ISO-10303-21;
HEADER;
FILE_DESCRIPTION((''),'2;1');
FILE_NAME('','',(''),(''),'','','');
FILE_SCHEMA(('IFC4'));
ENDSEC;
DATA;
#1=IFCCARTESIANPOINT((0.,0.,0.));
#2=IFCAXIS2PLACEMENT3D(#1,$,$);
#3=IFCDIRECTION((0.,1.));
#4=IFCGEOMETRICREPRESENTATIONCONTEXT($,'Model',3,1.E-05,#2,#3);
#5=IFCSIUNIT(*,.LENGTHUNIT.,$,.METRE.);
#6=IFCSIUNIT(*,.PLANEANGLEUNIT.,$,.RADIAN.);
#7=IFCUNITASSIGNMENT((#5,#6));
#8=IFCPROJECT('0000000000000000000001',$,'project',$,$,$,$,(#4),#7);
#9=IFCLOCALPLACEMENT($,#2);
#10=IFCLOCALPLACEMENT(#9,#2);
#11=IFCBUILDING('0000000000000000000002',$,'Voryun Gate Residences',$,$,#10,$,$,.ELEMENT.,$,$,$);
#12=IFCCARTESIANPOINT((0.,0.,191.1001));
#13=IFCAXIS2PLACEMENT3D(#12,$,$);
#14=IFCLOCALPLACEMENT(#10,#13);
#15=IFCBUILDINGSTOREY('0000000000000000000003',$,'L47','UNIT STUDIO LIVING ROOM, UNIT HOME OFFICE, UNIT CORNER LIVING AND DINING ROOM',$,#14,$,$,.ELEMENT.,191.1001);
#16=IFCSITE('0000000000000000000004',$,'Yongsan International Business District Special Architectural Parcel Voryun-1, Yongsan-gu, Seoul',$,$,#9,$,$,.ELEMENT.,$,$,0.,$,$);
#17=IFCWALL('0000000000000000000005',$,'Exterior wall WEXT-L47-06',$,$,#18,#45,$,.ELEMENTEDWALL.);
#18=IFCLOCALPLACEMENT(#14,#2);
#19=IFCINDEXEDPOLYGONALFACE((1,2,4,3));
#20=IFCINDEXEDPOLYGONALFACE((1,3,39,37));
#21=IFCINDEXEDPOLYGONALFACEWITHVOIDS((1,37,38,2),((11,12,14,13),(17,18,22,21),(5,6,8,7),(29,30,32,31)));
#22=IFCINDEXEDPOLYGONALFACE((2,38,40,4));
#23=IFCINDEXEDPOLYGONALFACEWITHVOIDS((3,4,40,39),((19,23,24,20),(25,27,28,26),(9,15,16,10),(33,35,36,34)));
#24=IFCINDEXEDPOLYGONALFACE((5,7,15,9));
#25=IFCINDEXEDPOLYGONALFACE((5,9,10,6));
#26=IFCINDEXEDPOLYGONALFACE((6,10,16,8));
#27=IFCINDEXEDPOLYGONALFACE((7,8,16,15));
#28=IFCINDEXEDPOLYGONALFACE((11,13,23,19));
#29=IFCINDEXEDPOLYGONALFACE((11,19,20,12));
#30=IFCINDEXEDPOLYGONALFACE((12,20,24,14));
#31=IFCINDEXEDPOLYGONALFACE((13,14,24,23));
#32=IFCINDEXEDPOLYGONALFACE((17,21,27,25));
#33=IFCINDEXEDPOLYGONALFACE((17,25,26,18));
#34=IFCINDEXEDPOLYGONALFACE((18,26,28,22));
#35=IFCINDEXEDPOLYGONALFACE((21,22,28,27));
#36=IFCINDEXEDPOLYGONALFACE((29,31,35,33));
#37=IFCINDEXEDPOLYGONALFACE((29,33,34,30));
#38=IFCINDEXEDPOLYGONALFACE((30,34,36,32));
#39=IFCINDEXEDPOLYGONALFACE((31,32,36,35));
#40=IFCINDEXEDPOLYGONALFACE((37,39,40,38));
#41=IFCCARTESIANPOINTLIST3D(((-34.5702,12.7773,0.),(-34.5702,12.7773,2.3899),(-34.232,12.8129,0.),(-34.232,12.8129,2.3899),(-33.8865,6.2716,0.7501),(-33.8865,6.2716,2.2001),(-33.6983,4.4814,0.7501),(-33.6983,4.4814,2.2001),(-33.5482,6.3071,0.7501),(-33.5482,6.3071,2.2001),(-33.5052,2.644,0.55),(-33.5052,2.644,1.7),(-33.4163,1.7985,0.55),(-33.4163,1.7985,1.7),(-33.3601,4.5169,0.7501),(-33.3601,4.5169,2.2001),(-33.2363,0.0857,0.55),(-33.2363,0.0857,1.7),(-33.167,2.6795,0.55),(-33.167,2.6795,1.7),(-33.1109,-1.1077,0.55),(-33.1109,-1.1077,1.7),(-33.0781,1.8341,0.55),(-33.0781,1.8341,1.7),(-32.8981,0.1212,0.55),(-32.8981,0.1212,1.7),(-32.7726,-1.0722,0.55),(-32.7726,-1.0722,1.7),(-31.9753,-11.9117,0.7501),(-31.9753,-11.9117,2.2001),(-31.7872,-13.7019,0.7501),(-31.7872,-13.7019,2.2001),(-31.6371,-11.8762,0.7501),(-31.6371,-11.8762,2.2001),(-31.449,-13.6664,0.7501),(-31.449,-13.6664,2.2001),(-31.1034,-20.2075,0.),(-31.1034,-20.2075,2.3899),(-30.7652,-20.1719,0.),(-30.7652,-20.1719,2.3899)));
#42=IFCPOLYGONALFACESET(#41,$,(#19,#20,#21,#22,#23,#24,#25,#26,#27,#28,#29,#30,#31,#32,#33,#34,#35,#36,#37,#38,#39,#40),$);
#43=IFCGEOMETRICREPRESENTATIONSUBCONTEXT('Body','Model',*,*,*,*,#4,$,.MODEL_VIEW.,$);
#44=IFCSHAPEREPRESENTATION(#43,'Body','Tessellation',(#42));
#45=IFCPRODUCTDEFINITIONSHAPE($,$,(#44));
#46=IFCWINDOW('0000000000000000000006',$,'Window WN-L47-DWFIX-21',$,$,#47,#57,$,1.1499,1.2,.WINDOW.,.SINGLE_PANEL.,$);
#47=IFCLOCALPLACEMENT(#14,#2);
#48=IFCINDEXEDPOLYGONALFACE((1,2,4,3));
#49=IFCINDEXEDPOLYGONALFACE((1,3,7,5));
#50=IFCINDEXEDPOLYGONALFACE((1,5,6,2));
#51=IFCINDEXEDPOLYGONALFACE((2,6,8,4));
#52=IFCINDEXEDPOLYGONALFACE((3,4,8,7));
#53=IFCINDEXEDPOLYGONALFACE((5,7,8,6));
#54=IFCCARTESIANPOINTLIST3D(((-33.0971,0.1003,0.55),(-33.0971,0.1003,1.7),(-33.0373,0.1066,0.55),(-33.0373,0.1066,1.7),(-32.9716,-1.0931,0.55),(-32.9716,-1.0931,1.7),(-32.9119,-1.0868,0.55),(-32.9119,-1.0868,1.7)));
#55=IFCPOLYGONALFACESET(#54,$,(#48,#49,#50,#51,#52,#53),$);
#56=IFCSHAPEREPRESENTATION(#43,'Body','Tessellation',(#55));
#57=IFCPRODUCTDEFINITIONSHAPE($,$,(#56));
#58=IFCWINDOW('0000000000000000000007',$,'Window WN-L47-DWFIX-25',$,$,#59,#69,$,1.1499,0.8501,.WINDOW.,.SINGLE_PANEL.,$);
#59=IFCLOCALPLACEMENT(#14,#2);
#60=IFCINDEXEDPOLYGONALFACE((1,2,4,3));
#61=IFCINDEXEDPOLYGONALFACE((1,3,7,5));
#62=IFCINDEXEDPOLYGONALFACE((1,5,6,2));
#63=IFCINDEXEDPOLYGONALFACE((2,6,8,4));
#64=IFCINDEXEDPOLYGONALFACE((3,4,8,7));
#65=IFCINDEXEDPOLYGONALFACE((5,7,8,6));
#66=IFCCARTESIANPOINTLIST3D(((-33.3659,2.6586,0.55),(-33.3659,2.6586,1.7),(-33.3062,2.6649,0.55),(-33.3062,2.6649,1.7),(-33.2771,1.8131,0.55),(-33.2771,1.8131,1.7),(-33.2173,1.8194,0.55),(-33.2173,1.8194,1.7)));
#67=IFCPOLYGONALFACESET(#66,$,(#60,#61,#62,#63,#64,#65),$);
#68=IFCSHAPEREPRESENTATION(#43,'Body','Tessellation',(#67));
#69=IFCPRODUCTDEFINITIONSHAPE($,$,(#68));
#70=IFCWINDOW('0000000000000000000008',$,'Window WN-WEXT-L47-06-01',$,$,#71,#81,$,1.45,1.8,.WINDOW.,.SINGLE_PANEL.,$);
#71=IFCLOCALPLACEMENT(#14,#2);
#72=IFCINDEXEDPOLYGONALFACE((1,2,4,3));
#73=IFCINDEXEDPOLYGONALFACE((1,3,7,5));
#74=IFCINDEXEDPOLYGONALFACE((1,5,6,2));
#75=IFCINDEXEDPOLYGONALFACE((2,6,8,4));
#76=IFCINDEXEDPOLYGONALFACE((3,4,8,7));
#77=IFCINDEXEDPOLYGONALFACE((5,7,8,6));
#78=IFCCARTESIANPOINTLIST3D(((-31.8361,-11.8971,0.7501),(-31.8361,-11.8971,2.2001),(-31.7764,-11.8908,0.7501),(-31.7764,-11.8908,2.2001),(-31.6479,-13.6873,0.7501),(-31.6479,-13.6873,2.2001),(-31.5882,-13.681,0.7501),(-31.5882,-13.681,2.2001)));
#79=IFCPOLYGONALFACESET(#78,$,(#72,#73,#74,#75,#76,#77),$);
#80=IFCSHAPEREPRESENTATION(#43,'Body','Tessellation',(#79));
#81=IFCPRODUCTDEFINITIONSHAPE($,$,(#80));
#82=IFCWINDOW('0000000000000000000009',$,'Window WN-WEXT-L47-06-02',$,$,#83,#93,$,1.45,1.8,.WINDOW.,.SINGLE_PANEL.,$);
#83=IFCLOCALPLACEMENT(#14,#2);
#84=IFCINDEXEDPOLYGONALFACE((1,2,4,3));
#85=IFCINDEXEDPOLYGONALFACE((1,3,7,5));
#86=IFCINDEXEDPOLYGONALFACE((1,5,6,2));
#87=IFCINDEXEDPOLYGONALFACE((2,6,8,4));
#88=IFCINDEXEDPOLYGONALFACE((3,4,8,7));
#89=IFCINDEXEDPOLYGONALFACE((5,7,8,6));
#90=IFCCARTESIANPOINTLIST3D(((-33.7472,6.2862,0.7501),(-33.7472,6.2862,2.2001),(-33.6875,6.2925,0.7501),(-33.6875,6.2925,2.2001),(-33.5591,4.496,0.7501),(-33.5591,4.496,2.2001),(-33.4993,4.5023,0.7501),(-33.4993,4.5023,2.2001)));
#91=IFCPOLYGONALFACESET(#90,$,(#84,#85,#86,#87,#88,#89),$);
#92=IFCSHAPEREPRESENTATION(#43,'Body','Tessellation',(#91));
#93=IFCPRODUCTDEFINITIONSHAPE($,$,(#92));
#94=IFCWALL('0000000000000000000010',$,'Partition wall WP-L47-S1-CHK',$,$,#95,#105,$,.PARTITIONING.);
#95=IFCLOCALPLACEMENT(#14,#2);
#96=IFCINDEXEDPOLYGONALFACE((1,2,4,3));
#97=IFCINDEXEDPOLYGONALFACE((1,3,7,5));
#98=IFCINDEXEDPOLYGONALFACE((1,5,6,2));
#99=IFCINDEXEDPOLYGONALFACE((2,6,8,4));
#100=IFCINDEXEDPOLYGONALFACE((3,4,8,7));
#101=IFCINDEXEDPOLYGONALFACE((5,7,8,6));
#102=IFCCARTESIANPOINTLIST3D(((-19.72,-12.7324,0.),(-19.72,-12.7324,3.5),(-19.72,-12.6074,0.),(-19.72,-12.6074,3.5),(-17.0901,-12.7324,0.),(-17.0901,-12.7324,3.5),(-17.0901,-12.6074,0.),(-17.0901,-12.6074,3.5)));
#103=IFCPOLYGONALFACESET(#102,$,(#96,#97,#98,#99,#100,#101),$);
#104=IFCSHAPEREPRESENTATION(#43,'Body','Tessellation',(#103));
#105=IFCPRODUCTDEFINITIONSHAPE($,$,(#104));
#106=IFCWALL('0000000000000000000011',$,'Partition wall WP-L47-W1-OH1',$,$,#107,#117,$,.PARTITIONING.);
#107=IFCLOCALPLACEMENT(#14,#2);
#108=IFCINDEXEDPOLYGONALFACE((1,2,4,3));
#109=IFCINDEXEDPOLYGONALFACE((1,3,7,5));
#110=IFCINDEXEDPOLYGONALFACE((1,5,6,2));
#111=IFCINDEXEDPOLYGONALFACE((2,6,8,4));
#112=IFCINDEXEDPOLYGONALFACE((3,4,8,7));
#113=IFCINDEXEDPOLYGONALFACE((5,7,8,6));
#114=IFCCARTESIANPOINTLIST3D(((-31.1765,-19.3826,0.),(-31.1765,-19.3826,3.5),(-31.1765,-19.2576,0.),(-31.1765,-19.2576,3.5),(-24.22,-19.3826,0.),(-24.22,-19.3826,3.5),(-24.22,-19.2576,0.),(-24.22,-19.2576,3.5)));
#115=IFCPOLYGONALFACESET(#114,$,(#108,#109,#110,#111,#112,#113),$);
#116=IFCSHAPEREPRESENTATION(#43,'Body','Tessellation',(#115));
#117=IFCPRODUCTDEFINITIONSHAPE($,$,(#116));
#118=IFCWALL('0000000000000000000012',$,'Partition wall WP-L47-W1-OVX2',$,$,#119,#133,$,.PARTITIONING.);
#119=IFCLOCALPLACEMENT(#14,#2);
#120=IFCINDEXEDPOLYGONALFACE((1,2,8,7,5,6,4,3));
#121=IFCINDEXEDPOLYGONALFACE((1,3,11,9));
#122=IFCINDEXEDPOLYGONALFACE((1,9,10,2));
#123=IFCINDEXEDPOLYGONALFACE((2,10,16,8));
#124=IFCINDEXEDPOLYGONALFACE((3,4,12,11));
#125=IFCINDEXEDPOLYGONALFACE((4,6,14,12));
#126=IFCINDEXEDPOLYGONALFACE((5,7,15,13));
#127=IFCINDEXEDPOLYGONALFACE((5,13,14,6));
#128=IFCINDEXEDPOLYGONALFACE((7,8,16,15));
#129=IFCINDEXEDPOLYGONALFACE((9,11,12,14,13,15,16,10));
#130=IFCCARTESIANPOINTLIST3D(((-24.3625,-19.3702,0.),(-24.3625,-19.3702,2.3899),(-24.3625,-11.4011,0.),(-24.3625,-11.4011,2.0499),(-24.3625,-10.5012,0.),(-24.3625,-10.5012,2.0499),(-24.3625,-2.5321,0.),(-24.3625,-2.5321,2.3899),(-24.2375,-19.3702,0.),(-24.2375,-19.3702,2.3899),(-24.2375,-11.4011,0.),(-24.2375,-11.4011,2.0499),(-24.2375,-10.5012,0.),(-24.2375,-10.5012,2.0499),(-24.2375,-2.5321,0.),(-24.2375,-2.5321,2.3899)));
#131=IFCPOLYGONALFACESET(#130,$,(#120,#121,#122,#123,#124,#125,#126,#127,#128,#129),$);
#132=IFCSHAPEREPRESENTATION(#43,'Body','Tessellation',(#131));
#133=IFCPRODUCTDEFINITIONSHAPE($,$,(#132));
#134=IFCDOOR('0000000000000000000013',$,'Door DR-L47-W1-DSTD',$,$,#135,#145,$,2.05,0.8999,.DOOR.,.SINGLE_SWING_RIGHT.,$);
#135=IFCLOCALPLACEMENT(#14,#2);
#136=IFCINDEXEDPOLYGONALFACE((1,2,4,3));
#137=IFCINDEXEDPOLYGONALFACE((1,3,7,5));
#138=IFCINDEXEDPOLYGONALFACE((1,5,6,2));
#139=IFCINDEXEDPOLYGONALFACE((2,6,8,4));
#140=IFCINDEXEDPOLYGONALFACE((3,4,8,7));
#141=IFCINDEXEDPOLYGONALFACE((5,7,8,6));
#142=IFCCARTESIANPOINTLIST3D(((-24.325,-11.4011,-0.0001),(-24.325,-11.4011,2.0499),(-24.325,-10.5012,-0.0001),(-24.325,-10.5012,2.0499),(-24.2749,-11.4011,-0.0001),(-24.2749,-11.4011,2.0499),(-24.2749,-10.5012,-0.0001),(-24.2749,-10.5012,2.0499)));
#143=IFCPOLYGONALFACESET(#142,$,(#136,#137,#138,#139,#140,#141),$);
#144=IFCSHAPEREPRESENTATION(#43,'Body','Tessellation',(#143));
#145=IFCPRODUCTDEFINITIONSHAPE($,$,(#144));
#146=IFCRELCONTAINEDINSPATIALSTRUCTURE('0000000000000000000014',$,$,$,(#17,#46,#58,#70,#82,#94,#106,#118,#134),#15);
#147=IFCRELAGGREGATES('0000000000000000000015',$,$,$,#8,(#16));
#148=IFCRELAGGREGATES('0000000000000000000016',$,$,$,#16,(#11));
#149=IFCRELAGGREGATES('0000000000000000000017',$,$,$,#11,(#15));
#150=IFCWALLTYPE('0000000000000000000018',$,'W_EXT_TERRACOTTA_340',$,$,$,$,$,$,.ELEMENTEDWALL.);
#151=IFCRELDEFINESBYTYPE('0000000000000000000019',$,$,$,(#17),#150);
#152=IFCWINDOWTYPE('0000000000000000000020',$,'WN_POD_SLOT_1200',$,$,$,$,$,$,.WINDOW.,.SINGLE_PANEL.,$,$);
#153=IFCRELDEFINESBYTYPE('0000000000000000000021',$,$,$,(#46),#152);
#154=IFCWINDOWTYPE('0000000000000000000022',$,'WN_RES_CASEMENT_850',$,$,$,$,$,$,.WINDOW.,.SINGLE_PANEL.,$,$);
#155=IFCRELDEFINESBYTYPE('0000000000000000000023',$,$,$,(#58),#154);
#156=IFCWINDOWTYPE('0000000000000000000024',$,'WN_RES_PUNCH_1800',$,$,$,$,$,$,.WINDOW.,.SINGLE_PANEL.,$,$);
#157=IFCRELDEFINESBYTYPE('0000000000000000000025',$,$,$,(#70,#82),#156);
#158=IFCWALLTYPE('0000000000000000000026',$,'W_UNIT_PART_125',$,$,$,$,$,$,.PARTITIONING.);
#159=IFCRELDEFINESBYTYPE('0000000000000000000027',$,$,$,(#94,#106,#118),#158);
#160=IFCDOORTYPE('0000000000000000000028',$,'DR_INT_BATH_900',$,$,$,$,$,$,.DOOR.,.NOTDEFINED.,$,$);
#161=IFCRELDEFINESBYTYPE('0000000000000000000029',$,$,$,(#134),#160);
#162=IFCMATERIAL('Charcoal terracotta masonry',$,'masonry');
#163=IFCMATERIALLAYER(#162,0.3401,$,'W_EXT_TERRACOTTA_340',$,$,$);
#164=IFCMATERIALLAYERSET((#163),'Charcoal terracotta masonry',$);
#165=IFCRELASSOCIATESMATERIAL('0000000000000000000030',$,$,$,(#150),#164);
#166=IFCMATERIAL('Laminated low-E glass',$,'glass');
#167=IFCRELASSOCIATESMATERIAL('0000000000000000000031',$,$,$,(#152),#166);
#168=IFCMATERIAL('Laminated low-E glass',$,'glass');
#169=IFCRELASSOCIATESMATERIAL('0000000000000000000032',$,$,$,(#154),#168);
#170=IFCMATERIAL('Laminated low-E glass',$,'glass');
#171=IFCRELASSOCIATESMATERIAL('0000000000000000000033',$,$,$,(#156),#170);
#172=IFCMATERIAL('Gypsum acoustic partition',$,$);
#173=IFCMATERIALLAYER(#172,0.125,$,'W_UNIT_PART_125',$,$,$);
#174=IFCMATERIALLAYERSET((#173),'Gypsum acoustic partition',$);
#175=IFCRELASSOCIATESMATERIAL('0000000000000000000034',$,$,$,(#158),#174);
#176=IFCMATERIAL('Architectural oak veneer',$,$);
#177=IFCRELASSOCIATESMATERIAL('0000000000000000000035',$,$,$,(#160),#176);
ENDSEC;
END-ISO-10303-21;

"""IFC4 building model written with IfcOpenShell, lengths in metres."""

from ifc_helpers import new_model, si_unit, direction, frame, frame_2d, origin, place, context, subcontext, project, spatial, rectangle, extrude, material, layer, layer_set, type_object, element, fill, save


model = new_model("IFC4")

# Units and contexts
model_context = context("Model", 3, precision=1e-05, world=origin(), true_north=direction((0.0, 1.0)))
body_context = subcontext(model_context, "Body", "Model", "MODEL_VIEW")
ifc_project = project(units=[si_unit("LENGTHUNIT", "METRE"), si_unit("PLANEANGLEUNIT", "RADIAN")], contexts=[model_context])

# Site, building, storey
site_placement = place(None, origin())
site = spatial("IfcSite", under=ifc_project, at=site_placement, Name="Yongsan International Business District Special Architectural Parcel Voryun-1, Yongsan-gu, Seoul", CompositionType="ELEMENT", RefElevation=0.0)
building_placement = place(site_placement, origin())
building = spatial("IfcBuilding", under=site, at=building_placement, Name="Voryun Gate Residences", CompositionType="ELEMENT")
storey_placement = place(building_placement, frame((0.0, 0.0, 191.1001)))
storey = spatial("IfcBuildingStorey", under=building, at=storey_placement, Name="L47", Description="UNIT STUDIO LIVING ROOM, UNIT HOME OFFICE, UNIT CORNER LIVING AND DINING ROOM", CompositionType="ELEMENT", Elevation=191.1001)

# Shared definitions
ifc_material_1 = material(Name="Charcoal terracotta masonry", Category="masonry")
ifc_layer_1 = layer(ifc_material_1, 0.3401, Name="W_EXT_TERRACOTTA_340")
ifc_layer_set_1 = layer_set([ifc_layer_1], Name="Charcoal terracotta masonry")
wall_type_1 = type_object("IfcWallType", Name="W_EXT_TERRACOTTA_340", PredefinedType="ELEMENTEDWALL", material=ifc_layer_set_1)

# Wall, openings, windows
wall_1_placement = place(storey_placement, frame((-30.9343, -20.1897, 0.0), z_axis=(0.0, 0.0, 1.0), x_axis=(-0.104527, 0.994522, 0.0)))
wall_1 = element("IfcWall", 1, at=wall_1_placement, inside=storey, type_object=wall_type_1, Name="Exterior wall WEXT-L47-06", PredefinedType="ELEMENTEDWALL", context=body_context, shape_type="SweptSolid", body=[
    extrude(rectangle(XDim=33.1665, YDim=0.3401, at=frame_2d((16.5833, 0.0))), origin(), (0.0, 0.0, 1.0), 2.3899),
])
opening_1_placement = place(wall_1_placement, frame((6.5415, 0.0, 0.75)))
opening_1 = element("IfcOpeningElement", 2, at=opening_1_placement, cuts=wall_1, PredefinedType="OPENING", context=body_context, shape_type="SweptSolid", body=[
    extrude(rectangle(XDim=1.8, YDim=1.45, at=frame_2d((0.8999, 0.7251))), frame((0.0, 0.1799, 0.0), z_axis=(0.0, -1.0, 0.0), x_axis=(1.0, 0.0, 0.0)), (0.0, 0.0, 1.0), 0.3601),
])
opening_2_placement = place(wall_1_placement, frame((24.825, 0.0, 0.75)))
opening_2 = element("IfcOpeningElement", 3, at=opening_2_placement, cuts=wall_1, PredefinedType="OPENING", context=body_context, shape_type="SweptSolid", body=[
    extrude(rectangle(XDim=1.8, YDim=1.45, at=frame_2d((0.8999, 0.7251))), frame((0.0, 0.1799, 0.0), z_axis=(0.0, -1.0, 0.0), x_axis=(1.0, 0.0, 0.0)), (0.0, 0.0, 1.0), 0.3601),
])
opening_3_placement = place(wall_1_placement, frame((19.2048, 0.0, 0.55)))
opening_3 = element("IfcOpeningElement", 4, at=opening_3_placement, cuts=wall_1, PredefinedType="OPENING", context=body_context, shape_type="SweptSolid", body=[
    extrude(rectangle(XDim=1.2, YDim=1.1499, at=frame_2d((0.6001, 0.575))), frame((0.0, 0.1799, 0.0), z_axis=(0.0, -1.0, 0.0), x_axis=(1.0, 0.0, 0.0)), (0.0, 0.0, 1.0), 0.3601),
])
opening_4_placement = place(wall_1_placement, frame((22.1272, 0.0, 0.55)))
opening_4 = element("IfcOpeningElement", 5, at=opening_4_placement, cuts=wall_1, PredefinedType="OPENING", context=body_context, shape_type="SweptSolid", body=[
    extrude(rectangle(XDim=0.8501, YDim=1.1499, at=frame_2d((0.425, 0.575))), frame((0.0, 0.1799, 0.0), z_axis=(0.0, -1.0, 0.0), x_axis=(1.0, 0.0, 0.0)), (0.0, 0.0, 1.0), 0.3601),
])
ifc_material_2 = material(Name="Laminated low-E glass", Category="glass")
window_type_1 = type_object("IfcWindowType", Name="WN_POD_SLOT_1200", PartitioningType="SINGLE_PANEL", PredefinedType="WINDOW", material=ifc_material_2)
window_1_placement = place(opening_3_placement, origin())
window_1 = element("IfcWindow", 6, at=window_1_placement, inside=storey, type_object=window_type_1, Name="Window WN-L47-DWFIX-21", OverallHeight=1.1499, OverallWidth=1.2, PartitioningType="SINGLE_PANEL", PredefinedType="WINDOW", context=body_context, shape_type="SweptSolid", body=[
    extrude(rectangle(XDim=1.2, YDim=1.1499, at=frame_2d((0.6001, 0.575))), frame((0.0, 0.03, 0.0), z_axis=(0.0, -1.0, 0.0), x_axis=(1.0, 0.0, 0.0)), (0.0, 0.0, 1.0), 0.0601),
])
fill(opening_3, window_1)
ifc_material_3 = material(Name="Laminated low-E glass", Category="glass")
window_type_2 = type_object("IfcWindowType", Name="WN_RES_CASEMENT_850", PartitioningType="SINGLE_PANEL", PredefinedType="WINDOW", material=ifc_material_3)
window_2_placement = place(opening_4_placement, origin())
window_2 = element("IfcWindow", 7, at=window_2_placement, inside=storey, type_object=window_type_2, Name="Window WN-L47-DWFIX-25", OverallHeight=1.1499, OverallWidth=0.8501, PartitioningType="SINGLE_PANEL", PredefinedType="WINDOW", context=body_context, shape_type="SweptSolid", body=[
    extrude(rectangle(XDim=0.8501, YDim=1.1499, at=frame_2d((0.425, 0.575))), frame((0.0, 0.03, 0.0), z_axis=(0.0, -1.0, 0.0), x_axis=(1.0, 0.0, 0.0)), (0.0, 0.0, 1.0), 0.0601),
])
fill(opening_4, window_2)
ifc_material_4 = material(Name="Laminated low-E glass", Category="glass")
window_type_3 = type_object("IfcWindowType", Name="WN_RES_PUNCH_1800", PartitioningType="SINGLE_PANEL", PredefinedType="WINDOW", material=ifc_material_4)
window_3_placement = place(opening_1_placement, origin())
window_3 = element("IfcWindow", 8, at=window_3_placement, inside=storey, type_object=window_type_3, Name="Window WN-WEXT-L47-06-01", OverallHeight=1.45, OverallWidth=1.8, PartitioningType="SINGLE_PANEL", PredefinedType="WINDOW", context=body_context, shape_type="SweptSolid", body=[
    extrude(rectangle(XDim=1.8, YDim=1.45, at=frame_2d((0.8999, 0.7251))), frame((0.0, 0.03, 0.0), z_axis=(0.0, -1.0, 0.0), x_axis=(1.0, 0.0, 0.0)), (0.0, 0.0, 1.0), 0.0601),
])
fill(opening_1, window_3)
window_4_placement = place(opening_2_placement, origin())
window_4 = element("IfcWindow", 9, at=window_4_placement, inside=storey, type_object=window_type_3, Name="Window WN-WEXT-L47-06-02", OverallHeight=1.45, OverallWidth=1.8, PartitioningType="SINGLE_PANEL", PredefinedType="WINDOW", context=body_context, shape_type="SweptSolid", body=[
    extrude(rectangle(XDim=1.8, YDim=1.45, at=frame_2d((0.8999, 0.7251))), frame((0.0, 0.03, 0.0), z_axis=(0.0, -1.0, 0.0), x_axis=(1.0, 0.0, 0.0)), (0.0, 0.0, 1.0), 0.0601),
])
fill(opening_2, window_4)

# Walls
ifc_material_5 = material(Name="Gypsum acoustic partition")
ifc_layer_2 = layer(ifc_material_5, 0.125, Name="W_UNIT_PART_125")
ifc_layer_set_2 = layer_set([ifc_layer_2], Name="Gypsum acoustic partition")
wall_type_2 = type_object("IfcWallType", Name="W_UNIT_PART_125", PredefinedType="PARTITIONING", material=ifc_layer_set_2)
wall_2_placement = place(storey_placement, frame((-19.72, -12.6699, 0.0), z_axis=(0.0, 0.0, 1.0), x_axis=(1.0, 0.0, 0.0)))
element("IfcWall", 10, at=wall_2_placement, inside=storey, type_object=wall_type_2, Name="Partition wall WP-L47-S1-CHK", PredefinedType="PARTITIONING", context=body_context, shape_type="SweptSolid", body=[
    extrude(rectangle(XDim=2.6299, YDim=0.125, at=frame_2d((1.3149, 0.0))), origin(), (0.0, 0.0, 1.0), 3.5),
])
wall_3_placement = place(storey_placement, frame((-31.1765, -19.3201, 0.0), z_axis=(0.0, 0.0, 1.0), x_axis=(1.0, 0.0, 0.0)))
element("IfcWall", 11, at=wall_3_placement, inside=storey, type_object=wall_type_2, Name="Partition wall WP-L47-W1-OH1", PredefinedType="PARTITIONING", context=body_context, shape_type="SweptSolid", body=[
    extrude(rectangle(XDim=6.9565, YDim=0.125, at=frame_2d((3.4783, 0.0))), origin(), (0.0, 0.0, 1.0), 3.5),
])

# Wall, opening, door
wall_4_placement = place(storey_placement, frame((-24.3, -19.3701, 0.0), z_axis=(0.0, 0.0, 1.0), x_axis=(0.0, 1.0, 0.0)))
wall_4 = element("IfcWall", 12, at=wall_4_placement, inside=storey, type_object=wall_type_2, Name="Partition wall WP-L47-W1-OVX2", PredefinedType="PARTITIONING", context=body_context, shape_type="SweptSolid", body=[
    extrude(rectangle(XDim=16.8381, YDim=0.125, at=frame_2d((8.4189, 0.0))), origin(), (0.0, 0.0, 1.0), 2.3899),
])
opening_5_placement = place(wall_4_placement, frame((7.969, 0.0, 0.0)))
opening_5 = element("IfcOpeningElement", 13, at=opening_5_placement, cuts=wall_4, PredefinedType="OPENING", context=body_context, shape_type="SweptSolid", body=[
    extrude(rectangle(XDim=0.8999, YDim=2.05, at=frame_2d((0.45, 1.0249))), frame((0.0, 0.0725, 0.0), z_axis=(0.0, -1.0, 0.0), x_axis=(1.0, 0.0, 0.0)), (0.0, 0.0, 1.0), 0.145),
])
ifc_material_6 = material(Name="Architectural oak veneer")
door_type_1 = type_object("IfcDoorType", Name="DR_INT_BATH_900", OperationType="NOTDEFINED", PredefinedType="DOOR", material=ifc_material_6)
door_1_placement = place(opening_5_placement, origin())
door_1 = element("IfcDoor", 14, at=door_1_placement, inside=storey, type_object=door_type_1, Name="Door DR-L47-W1-DSTD", OperationType="SINGLE_SWING_RIGHT", OverallHeight=2.05, OverallWidth=0.8999, PredefinedType="DOOR", context=body_context, shape_type="SweptSolid", body=[
    extrude(rectangle(XDim=0.8999, YDim=2.05, at=frame_2d((0.45, 1.0249))), frame((0.0, 0.0249, 0.0), z_axis=(0.0, -1.0, 0.0), x_axis=(1.0, 0.0, 0.0)), (0.0, 0.0, 1.0), 0.05),
])
fill(opening_5, door_1)

save(model, "model.ifc")
